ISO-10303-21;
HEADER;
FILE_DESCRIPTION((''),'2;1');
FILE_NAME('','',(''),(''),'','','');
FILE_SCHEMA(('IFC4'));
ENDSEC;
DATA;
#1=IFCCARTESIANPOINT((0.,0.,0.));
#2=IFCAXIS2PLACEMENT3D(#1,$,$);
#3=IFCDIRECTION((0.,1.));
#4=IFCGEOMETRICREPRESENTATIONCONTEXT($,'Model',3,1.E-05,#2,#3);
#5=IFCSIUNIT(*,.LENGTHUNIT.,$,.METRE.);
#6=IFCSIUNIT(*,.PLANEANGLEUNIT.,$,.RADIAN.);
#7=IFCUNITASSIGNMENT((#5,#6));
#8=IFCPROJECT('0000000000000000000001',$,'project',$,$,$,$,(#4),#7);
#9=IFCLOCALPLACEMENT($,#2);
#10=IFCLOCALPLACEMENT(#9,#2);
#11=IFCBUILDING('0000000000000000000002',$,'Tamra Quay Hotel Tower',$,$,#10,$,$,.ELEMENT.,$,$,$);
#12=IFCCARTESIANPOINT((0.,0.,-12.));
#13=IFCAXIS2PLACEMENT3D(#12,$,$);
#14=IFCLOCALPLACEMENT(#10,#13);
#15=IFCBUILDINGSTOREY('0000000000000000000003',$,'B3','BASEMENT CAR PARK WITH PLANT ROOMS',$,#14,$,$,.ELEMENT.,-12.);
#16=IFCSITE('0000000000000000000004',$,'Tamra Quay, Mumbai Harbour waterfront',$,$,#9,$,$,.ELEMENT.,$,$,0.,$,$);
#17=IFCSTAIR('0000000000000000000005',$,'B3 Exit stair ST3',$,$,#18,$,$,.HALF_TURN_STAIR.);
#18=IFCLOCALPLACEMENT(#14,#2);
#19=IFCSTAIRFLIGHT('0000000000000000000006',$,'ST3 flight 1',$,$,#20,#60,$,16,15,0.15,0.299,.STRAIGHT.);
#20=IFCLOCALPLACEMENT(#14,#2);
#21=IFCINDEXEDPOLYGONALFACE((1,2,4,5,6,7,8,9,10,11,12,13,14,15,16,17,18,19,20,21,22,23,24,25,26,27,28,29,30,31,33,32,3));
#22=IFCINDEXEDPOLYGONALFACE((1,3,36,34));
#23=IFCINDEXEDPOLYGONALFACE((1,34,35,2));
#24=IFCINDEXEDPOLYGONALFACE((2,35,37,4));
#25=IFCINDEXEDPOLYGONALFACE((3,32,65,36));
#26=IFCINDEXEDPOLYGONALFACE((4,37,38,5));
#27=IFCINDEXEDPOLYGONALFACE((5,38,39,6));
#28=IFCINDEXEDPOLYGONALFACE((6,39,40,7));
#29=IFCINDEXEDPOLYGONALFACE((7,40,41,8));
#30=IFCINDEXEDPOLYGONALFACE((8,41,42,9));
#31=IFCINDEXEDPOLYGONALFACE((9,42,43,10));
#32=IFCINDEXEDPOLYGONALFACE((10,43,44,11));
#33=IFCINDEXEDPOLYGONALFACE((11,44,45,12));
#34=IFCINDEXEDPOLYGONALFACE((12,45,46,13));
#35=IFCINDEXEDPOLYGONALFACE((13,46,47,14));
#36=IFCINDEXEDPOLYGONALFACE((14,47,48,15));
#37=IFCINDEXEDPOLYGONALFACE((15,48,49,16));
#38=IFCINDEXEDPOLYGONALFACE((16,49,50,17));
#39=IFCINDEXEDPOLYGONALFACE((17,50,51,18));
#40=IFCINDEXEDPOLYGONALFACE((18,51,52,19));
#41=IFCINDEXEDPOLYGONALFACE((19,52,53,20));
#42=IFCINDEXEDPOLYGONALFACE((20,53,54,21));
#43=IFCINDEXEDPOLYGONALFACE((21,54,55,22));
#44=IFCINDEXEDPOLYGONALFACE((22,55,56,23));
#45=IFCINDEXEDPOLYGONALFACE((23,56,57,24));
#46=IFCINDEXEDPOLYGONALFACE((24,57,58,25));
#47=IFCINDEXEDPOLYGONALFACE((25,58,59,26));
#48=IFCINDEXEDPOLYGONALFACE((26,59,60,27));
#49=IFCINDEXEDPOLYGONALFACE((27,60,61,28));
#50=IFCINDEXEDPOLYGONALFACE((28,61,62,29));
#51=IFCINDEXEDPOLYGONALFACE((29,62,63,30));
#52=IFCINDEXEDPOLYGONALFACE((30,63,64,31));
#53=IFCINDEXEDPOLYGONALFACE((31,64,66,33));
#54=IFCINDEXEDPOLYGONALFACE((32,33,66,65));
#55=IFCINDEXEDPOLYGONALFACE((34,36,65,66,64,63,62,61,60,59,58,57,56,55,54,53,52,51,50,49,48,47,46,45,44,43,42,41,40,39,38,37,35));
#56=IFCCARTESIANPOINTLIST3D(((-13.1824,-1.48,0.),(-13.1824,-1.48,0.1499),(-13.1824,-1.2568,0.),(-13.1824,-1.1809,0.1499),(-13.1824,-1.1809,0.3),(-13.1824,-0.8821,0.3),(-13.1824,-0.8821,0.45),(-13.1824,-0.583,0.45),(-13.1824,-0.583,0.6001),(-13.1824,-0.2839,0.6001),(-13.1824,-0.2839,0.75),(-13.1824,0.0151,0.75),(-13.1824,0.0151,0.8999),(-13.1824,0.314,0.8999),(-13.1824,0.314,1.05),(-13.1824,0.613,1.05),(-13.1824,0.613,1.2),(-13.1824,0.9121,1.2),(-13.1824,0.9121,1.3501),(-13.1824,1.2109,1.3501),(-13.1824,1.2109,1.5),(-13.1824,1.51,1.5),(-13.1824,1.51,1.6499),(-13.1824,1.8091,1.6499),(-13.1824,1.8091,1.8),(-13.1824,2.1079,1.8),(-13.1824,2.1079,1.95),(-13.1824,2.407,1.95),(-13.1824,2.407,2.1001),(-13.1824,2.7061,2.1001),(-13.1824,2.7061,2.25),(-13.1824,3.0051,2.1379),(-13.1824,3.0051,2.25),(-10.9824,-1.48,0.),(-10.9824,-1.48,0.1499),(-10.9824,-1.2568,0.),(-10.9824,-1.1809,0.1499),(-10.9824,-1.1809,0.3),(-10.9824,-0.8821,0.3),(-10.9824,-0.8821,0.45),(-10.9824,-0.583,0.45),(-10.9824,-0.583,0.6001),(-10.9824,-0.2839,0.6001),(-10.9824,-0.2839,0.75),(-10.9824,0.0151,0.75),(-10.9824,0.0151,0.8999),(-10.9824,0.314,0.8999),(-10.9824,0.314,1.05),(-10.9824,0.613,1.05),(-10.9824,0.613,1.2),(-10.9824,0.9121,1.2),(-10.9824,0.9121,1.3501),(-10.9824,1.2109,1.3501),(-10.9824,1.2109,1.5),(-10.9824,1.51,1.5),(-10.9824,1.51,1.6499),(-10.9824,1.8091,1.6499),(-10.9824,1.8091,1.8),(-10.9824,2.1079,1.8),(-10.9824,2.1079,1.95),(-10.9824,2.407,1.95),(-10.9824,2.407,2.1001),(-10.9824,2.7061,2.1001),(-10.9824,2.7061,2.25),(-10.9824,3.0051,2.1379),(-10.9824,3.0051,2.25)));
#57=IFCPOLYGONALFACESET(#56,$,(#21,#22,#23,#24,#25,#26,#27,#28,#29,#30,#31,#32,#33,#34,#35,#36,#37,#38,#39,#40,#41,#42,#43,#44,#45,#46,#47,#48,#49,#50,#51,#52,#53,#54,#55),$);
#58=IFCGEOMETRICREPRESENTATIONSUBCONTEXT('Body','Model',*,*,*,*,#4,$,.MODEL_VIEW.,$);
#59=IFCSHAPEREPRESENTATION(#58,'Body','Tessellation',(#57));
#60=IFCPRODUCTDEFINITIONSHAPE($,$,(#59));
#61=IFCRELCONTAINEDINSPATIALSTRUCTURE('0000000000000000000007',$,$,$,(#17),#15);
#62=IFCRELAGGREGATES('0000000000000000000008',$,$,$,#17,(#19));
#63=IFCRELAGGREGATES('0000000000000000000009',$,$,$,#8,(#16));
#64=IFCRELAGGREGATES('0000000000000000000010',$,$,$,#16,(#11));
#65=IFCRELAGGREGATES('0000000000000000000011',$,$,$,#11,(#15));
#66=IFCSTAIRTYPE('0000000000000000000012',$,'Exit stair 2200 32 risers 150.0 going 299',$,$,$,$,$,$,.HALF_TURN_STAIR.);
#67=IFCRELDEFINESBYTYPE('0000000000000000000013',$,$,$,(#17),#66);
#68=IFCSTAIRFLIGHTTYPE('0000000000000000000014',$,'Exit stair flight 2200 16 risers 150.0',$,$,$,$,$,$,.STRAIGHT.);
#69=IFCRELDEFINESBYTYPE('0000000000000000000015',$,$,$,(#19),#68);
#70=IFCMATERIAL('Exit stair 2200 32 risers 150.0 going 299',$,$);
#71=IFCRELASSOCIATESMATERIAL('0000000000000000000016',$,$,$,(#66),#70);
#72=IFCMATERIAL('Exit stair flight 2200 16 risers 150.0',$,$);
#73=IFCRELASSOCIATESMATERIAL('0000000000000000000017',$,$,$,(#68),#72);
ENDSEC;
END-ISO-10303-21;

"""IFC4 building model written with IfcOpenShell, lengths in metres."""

from ifc_helpers import new_model, si_unit, direction, frame, origin, place, context, subcontext, project, spatial, polyline, outline, extrude, material, type_object, element, aggregate, save


model = new_model("IFC4")

# Units and contexts
model_context = context("Model", 3, precision=1e-05, world=origin(), true_north=direction((0.0, 1.0)))
body_context = subcontext(model_context, "Body", "Model", "MODEL_VIEW")
ifc_project = project(units=[si_unit("LENGTHUNIT", "METRE"), si_unit("PLANEANGLEUNIT", "RADIAN")], contexts=[model_context])

# Site, building, storey
site_placement = place(None, origin())
site = spatial("IfcSite", under=ifc_project, at=site_placement, Name="Tamra Quay, Mumbai Harbour waterfront", CompositionType="ELEMENT", RefElevation=0.0)
building_placement = place(site_placement, origin())
building = spatial("IfcBuilding", under=site, at=building_placement, Name="Tamra Quay Hotel Tower", CompositionType="ELEMENT")
storey_placement = place(building_placement, frame((0.0, 0.0, -12.0)))
storey = spatial("IfcBuildingStorey", under=building, at=storey_placement, Name="B3", Description="BASEMENT CAR PARK WITH PLANT ROOMS", CompositionType="ELEMENT", Elevation=-12.0)

# Stair, stair flight
ifc_material_1 = material(Name="Exit stair 2200 32 risers 150.0 going 299")
stair_type = type_object("IfcStairType", Name="Exit stair 2200 32 risers 150.0 going 299", PredefinedType="HALF_TURN_STAIR", material=ifc_material_1)
stair_placement = place(storey_placement, origin())
stair = element("IfcStair", 1, at=stair_placement, inside=storey, type_object=stair_type, Name="B3 Exit stair ST3", PredefinedType="HALF_TURN_STAIR")
ifc_material_2 = material(Name="Exit stair flight 2200 16 risers 150.0")
stair_flight_type = type_object("IfcStairFlightType", Name="Exit stair flight 2200 16 risers 150.0", PredefinedType="STRAIGHT", material=ifc_material_2)
stair_flight_placement = place(storey_placement, frame((-12.0823, -1.48, 0.0), z_axis=(0.0, 0.0, 1.0), x_axis=(0.0, 1.0, 0.0)))
stair_flight = element("IfcStairFlight", 2, at=stair_flight_placement, type_object=stair_flight_type, Name="ST3 flight 1", NumberOfRisers=16, NumberOfTreads=15, PredefinedType="STRAIGHT", RiserHeight=0.15, TreadLength=0.299, context=body_context, shape_type="SweptSolid", body=[
    extrude(outline(polyline([(0.0, 0.0), (0.0, 0.1499), (0.2991, 0.1499), (0.2991, 0.3), (0.5979, 0.3), (0.5979, 0.45), (0.897, 0.45), (0.897, 0.6001), (1.196, 0.6001), (1.196, 0.75), (1.4951, 0.75), (1.4951, 0.8999), (1.7939, 0.8999), (1.7939, 1.05), (2.093, 1.05), (2.093, 1.2), (2.3921, 1.2), (2.3921, 1.3501), (2.6909, 1.3501), (2.6909, 1.5), (2.99, 1.5), (2.99, 1.6499), (3.2891, 1.6499), (3.2891, 1.8), (3.5879, 1.8), (3.5879, 1.95), (3.887, 1.95), (3.887, 2.1001), (4.186, 2.1001), (4.186, 2.25), (4.4851, 2.25), (4.4851, 2.3999), (4.4851, 2.1379), (0.2231, 0.0), (0.0, 0.0)])), frame((0.0, 1.1001, 0.0), z_axis=(0.0, -1.0, 0.0), x_axis=(1.0, 0.0, 0.0)), (0.0, 0.0, 1.0), 2.2),
])
aggregate(stair, [stair_flight])

save(model, "model.ifc")
